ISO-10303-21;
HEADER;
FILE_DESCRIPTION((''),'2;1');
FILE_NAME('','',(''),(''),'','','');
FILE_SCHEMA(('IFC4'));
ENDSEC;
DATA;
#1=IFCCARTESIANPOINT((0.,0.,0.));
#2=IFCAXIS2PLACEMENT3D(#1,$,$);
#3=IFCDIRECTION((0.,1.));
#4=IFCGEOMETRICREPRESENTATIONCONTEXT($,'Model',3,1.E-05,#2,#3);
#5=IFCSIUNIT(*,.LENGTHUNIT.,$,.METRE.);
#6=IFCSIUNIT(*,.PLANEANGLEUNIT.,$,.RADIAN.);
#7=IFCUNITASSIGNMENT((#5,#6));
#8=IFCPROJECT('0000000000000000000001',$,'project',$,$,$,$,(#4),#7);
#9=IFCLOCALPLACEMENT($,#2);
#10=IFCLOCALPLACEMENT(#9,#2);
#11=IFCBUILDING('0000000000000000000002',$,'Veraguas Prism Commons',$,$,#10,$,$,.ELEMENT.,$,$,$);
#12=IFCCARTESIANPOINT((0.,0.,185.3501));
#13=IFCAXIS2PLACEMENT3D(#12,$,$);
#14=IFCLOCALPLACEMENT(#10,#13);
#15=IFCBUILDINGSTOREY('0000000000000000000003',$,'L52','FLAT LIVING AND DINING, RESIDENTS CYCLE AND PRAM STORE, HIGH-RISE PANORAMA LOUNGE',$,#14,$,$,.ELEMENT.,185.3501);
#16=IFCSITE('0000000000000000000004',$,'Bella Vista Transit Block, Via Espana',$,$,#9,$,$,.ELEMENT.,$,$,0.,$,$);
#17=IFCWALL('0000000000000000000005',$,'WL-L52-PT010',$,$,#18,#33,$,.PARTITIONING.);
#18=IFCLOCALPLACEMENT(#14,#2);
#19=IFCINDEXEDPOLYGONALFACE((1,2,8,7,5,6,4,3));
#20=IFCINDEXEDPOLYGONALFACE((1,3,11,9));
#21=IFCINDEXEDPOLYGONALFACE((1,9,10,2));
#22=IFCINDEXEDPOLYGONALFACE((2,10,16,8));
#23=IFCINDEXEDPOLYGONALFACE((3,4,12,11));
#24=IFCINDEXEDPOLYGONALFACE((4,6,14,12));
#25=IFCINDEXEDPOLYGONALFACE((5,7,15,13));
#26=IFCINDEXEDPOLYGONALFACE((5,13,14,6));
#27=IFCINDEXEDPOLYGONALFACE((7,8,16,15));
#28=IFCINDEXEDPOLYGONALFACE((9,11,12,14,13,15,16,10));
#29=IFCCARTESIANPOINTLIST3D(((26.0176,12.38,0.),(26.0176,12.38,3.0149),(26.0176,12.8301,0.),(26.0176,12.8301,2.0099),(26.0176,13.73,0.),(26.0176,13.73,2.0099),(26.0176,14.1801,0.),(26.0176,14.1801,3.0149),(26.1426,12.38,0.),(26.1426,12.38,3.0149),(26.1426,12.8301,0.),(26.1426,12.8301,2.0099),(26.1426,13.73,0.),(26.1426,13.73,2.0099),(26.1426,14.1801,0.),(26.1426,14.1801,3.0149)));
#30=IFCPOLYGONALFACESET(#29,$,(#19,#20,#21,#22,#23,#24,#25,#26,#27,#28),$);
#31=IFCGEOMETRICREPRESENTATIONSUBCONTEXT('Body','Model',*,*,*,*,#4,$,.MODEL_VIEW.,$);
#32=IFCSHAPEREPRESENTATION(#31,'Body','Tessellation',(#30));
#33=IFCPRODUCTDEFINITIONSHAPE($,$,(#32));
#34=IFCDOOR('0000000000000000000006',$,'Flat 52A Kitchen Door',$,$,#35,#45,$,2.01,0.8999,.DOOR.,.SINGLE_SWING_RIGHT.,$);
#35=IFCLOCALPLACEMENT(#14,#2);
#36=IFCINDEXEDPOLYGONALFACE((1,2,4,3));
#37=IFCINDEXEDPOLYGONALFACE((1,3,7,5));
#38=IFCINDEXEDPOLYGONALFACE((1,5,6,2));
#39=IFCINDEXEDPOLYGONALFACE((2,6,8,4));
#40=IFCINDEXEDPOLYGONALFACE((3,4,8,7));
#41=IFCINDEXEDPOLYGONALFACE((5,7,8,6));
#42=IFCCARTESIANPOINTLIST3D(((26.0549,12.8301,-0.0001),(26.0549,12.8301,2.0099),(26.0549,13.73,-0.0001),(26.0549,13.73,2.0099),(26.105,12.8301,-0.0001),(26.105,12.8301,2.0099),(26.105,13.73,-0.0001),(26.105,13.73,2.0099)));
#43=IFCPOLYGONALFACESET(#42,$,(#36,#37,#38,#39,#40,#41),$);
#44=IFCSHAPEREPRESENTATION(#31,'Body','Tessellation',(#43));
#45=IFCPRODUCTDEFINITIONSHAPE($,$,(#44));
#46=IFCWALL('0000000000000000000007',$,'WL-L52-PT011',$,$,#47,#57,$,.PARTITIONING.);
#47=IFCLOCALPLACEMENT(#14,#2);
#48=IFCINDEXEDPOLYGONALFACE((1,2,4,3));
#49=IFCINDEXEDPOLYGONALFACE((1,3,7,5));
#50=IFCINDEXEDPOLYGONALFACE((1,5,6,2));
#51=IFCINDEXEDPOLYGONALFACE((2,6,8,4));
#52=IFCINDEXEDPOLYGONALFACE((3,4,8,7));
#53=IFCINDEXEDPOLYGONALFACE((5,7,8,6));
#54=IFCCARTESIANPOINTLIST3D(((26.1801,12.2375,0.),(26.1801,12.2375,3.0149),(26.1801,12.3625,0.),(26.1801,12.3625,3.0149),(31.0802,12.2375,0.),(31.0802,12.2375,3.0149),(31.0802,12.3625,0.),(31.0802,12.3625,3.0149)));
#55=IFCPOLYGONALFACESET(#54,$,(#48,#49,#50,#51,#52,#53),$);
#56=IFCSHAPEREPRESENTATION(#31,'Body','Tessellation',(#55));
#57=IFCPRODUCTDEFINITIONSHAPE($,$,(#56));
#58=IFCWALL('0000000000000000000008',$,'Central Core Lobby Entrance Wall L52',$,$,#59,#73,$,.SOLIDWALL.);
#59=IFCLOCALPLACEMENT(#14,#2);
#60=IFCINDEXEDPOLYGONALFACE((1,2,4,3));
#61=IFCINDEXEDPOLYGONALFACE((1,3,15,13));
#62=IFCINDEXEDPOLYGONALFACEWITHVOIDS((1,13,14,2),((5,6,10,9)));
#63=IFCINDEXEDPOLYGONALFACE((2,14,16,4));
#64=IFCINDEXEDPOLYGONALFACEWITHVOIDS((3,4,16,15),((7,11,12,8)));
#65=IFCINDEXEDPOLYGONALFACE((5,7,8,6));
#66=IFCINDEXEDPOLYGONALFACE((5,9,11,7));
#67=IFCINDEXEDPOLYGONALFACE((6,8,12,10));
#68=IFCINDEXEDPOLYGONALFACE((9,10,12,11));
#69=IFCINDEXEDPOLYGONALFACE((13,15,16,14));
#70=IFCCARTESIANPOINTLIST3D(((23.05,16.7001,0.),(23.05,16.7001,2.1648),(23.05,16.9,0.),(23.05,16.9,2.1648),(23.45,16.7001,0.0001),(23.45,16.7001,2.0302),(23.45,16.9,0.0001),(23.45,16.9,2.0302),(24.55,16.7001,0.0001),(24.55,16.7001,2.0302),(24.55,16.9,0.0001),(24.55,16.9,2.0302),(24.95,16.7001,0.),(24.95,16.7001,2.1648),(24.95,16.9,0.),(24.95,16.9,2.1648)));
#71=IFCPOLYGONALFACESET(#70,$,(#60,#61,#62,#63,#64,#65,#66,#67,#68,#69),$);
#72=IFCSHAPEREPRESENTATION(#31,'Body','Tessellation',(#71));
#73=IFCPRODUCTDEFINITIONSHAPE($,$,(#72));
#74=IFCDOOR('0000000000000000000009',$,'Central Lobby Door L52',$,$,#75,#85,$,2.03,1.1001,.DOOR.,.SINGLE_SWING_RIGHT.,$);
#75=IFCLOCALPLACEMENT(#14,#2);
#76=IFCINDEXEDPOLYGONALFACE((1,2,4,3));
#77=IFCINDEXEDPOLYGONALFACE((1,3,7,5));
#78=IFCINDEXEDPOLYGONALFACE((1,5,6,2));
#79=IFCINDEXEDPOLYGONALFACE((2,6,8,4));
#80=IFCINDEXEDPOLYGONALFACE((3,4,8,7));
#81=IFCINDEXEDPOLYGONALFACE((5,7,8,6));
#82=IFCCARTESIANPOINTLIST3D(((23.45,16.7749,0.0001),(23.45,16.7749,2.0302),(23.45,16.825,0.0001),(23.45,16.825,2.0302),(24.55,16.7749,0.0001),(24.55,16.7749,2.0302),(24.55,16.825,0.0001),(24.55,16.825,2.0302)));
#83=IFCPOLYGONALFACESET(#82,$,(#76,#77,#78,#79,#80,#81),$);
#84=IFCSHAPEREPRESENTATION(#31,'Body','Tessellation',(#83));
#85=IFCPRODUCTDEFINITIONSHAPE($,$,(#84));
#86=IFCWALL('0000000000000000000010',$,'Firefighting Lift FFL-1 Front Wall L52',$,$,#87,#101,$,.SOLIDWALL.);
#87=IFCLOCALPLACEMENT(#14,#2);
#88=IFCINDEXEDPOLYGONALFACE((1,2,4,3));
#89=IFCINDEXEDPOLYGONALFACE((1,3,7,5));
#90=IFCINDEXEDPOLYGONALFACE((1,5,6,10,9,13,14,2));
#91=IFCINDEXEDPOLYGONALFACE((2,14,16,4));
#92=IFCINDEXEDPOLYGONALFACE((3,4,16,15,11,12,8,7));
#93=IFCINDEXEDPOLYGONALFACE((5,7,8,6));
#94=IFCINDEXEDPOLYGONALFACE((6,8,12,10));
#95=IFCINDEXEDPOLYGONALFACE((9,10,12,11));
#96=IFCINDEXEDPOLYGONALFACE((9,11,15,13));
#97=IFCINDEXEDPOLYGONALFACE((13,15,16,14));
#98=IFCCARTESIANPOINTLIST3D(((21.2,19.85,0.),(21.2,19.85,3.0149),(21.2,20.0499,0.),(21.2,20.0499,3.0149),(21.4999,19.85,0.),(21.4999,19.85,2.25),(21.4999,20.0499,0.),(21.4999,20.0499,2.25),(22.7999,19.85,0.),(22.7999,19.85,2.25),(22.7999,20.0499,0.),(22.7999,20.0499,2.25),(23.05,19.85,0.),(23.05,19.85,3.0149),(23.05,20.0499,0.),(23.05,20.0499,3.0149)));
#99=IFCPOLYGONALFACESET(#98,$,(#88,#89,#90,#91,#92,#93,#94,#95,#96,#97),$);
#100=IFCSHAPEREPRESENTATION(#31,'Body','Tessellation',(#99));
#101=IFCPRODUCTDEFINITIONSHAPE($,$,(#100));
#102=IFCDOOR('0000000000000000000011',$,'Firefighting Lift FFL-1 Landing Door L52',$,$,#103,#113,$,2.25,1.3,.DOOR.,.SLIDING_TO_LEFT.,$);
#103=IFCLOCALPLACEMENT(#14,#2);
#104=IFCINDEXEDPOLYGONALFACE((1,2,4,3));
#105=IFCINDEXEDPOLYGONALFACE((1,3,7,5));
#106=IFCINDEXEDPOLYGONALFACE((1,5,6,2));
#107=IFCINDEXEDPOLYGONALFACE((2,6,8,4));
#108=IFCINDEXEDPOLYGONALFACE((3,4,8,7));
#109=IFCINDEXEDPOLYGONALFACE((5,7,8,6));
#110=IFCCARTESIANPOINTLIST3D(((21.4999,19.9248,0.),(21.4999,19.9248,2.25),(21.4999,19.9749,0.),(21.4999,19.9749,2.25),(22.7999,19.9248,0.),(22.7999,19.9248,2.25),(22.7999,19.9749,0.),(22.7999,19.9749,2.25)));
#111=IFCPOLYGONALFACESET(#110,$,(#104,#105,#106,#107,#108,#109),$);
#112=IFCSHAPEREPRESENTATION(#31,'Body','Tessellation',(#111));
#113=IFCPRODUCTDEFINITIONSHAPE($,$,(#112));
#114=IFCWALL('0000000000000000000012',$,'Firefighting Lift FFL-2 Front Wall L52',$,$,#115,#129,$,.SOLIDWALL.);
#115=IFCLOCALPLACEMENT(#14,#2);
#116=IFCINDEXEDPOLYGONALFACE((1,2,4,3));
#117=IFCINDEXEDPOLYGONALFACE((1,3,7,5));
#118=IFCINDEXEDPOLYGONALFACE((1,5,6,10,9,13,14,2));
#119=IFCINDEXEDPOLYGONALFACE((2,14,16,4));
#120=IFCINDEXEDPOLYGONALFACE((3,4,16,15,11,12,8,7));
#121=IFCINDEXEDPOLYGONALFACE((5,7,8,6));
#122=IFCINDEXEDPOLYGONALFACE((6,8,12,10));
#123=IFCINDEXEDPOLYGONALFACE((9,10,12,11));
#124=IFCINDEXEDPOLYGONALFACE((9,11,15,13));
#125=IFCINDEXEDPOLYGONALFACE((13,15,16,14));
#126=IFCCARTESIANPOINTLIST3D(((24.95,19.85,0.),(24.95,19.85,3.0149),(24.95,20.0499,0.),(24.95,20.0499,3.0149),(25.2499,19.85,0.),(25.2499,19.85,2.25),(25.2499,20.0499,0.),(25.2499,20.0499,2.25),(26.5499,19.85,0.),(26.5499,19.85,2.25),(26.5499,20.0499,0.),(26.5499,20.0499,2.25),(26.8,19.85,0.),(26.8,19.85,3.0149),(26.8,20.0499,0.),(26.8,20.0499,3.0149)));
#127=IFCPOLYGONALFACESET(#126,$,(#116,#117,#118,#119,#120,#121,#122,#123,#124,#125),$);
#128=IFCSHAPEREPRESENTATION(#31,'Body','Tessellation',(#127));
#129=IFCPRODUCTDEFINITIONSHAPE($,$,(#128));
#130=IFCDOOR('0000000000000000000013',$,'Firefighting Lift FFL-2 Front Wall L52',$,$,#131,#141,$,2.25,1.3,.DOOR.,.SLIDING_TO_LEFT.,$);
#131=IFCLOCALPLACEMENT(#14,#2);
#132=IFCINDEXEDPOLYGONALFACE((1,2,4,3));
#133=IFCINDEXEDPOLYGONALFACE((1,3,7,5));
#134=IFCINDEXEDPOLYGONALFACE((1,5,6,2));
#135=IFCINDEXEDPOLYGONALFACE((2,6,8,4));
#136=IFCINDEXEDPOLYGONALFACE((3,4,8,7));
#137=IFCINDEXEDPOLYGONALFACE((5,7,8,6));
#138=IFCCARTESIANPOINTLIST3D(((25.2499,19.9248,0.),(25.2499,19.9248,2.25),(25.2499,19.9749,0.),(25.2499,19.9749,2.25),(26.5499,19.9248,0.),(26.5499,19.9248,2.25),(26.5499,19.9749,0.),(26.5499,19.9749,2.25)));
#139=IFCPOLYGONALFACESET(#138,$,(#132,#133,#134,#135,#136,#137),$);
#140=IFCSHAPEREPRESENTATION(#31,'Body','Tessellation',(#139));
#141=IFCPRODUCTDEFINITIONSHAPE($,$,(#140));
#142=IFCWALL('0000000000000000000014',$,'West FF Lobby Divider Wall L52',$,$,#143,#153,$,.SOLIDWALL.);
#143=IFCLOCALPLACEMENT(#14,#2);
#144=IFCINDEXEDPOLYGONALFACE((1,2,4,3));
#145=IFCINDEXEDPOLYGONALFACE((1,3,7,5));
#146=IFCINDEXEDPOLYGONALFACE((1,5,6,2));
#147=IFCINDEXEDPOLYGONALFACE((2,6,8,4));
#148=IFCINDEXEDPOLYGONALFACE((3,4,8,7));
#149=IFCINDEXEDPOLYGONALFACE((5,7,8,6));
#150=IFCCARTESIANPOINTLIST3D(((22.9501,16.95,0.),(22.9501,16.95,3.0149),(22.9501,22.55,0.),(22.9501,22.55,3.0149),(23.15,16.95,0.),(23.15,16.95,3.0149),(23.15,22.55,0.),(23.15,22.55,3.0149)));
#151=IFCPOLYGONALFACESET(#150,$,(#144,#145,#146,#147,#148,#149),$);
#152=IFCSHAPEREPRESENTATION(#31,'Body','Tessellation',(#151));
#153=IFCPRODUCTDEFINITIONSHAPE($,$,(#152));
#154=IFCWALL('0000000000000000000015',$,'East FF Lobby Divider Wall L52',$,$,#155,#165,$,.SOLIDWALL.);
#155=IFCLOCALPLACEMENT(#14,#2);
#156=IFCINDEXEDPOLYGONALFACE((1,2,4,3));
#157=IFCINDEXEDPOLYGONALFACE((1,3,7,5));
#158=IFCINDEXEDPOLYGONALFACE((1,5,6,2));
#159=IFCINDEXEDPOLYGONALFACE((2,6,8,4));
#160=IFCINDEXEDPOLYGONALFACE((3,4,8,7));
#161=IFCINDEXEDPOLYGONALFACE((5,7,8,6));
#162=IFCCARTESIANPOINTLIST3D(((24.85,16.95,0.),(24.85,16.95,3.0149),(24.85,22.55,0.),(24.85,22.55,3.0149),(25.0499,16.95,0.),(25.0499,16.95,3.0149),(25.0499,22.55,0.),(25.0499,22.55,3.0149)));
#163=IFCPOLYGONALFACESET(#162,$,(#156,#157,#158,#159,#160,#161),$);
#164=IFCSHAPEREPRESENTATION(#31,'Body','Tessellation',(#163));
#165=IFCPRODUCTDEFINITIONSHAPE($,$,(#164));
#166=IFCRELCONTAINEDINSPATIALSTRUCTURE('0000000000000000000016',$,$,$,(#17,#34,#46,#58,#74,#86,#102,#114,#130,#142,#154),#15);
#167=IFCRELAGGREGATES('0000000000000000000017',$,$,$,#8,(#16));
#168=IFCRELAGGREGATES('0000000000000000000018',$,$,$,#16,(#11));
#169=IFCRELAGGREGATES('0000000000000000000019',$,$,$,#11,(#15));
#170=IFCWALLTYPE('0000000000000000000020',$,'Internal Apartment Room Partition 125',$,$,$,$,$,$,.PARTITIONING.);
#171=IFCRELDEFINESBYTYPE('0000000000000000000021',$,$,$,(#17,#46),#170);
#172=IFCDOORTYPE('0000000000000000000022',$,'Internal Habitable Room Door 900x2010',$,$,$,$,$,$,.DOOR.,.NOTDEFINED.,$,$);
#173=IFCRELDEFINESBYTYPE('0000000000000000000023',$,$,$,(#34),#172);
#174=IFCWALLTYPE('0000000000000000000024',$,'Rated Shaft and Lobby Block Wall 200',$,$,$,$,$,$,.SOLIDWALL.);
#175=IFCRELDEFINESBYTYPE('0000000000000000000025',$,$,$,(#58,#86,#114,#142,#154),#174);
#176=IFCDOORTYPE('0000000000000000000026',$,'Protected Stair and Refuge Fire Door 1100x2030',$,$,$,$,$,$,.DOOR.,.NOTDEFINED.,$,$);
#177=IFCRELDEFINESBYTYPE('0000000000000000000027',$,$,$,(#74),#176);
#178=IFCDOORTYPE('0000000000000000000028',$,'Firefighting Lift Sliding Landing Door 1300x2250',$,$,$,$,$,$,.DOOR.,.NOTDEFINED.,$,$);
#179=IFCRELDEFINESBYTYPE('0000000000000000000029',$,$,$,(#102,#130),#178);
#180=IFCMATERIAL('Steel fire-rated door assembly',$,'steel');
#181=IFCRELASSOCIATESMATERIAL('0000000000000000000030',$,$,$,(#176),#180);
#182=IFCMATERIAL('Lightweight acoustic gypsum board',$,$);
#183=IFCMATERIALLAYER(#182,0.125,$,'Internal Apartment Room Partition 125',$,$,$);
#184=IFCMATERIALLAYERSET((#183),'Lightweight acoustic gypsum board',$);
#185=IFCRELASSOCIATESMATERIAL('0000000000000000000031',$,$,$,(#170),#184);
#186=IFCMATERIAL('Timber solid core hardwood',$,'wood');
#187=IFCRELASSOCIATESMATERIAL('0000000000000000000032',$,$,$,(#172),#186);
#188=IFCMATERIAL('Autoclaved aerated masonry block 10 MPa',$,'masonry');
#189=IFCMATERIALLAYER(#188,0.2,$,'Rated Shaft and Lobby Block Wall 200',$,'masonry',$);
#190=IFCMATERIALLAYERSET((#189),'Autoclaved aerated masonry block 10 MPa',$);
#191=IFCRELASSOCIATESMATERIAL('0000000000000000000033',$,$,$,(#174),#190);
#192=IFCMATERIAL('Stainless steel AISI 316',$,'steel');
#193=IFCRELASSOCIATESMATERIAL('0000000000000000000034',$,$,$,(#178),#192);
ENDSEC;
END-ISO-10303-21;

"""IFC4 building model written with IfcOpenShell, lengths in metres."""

from ifc_helpers import new_model, si_unit, direction, frame, frame_2d, origin, place, context, subcontext, project, spatial, rectangle, extrude, source, transform, mapped, material, layer, layer_set, type_object, element, fill, save


model = new_model("IFC4")

# Units and contexts
model_context = context("Model", 3, precision=1e-05, world=origin(), true_north=direction((0.0, 1.0)))
body_context = subcontext(model_context, "Body", "Model", "MODEL_VIEW")
ifc_project = project(units=[si_unit("LENGTHUNIT", "METRE"), si_unit("PLANEANGLEUNIT", "RADIAN")], contexts=[model_context])

# Site, building, storey
site_placement = place(None, origin())
site = spatial("IfcSite", under=ifc_project, at=site_placement, Name="Bella Vista Transit Block, Via Espana", CompositionType="ELEMENT", RefElevation=0.0)
building_placement = place(site_placement, origin())
building = spatial("IfcBuilding", under=site, at=building_placement, Name="Veraguas Prism Commons", CompositionType="ELEMENT")
storey_placement = place(building_placement, frame((0.0, 0.0, 185.3501)))
storey = spatial("IfcBuildingStorey", under=building, at=storey_placement, Name="L52", Description="FLAT LIVING AND DINING, RESIDENTS CYCLE AND PRAM STORE, HIGH-RISE PANORAMA LOUNGE", CompositionType="ELEMENT", Elevation=185.3501)

# Shared definitions
ifc_material_1 = material(Name="Steel fire-rated door assembly", Category="steel")
door_type_1 = type_object("IfcDoorType", Name="Protected Stair and Refuge Fire Door 1100x2030", OperationType="NOTDEFINED", PredefinedType="DOOR", material=ifc_material_1)
shared_shape_1 = source(origin(), body_context, "Body", "SweptSolid", [
    extrude(rectangle(XDim=1.1001, YDim=2.03, at=frame_2d((0.55, 1.0151))), frame((0.0, 0.0249, 0.0), z_axis=(0.0, -1.0, 0.0), x_axis=(1.0, 0.0, 0.0)), (0.0, 0.0, 1.0), 0.05),
])

# Wall, opening, door
ifc_material_2 = material(Name="Lightweight acoustic gypsum board")
ifc_layer_1 = layer(ifc_material_2, 0.125, Name="Internal Apartment Room Partition 125")
ifc_layer_set_1 = layer_set([ifc_layer_1], Name="Lightweight acoustic gypsum board")
wall_type_1 = type_object("IfcWallType", Name="Internal Apartment Room Partition 125", PredefinedType="PARTITIONING", material=ifc_layer_set_1)
wall_1_placement = place(storey_placement, frame((26.0801, 14.1799, 0.0), z_axis=(0.0, 0.0, 1.0), x_axis=(0.0, -1.0, 0.0)))
wall_1 = element("IfcWall", 1, at=wall_1_placement, inside=storey, type_object=wall_type_1, Name="WL-L52-PT010", PredefinedType="PARTITIONING", context=body_context, shape_type="SweptSolid", body=[
    extrude(rectangle(XDim=1.8, YDim=0.125, at=frame_2d((0.8999, 0.0))), origin(), (0.0, 0.0, 1.0), 3.0149),
])
opening_1_placement = place(wall_1_placement, frame((0.45, 0.0, 0.0)))
opening_1 = element("IfcOpeningElement", 2, at=opening_1_placement, cuts=wall_1, PredefinedType="OPENING", context=body_context, shape_type="SweptSolid", body=[
    extrude(rectangle(XDim=0.8999, YDim=2.01, at=frame_2d((0.45, 1.0049))), frame((0.0, 0.0725, 0.0), z_axis=(0.0, -1.0, 0.0), x_axis=(1.0, 0.0, 0.0)), (0.0, 0.0, 1.0), 0.145),
])
ifc_material_3 = material(Name="Timber solid core hardwood", Category="wood")
door_type_2 = type_object("IfcDoorType", Name="Internal Habitable Room Door 900x2010", OperationType="NOTDEFINED", PredefinedType="DOOR", material=ifc_material_3)
shared_shape_2 = source(origin(), body_context, "Body", "SweptSolid", [
    extrude(rectangle(XDim=0.8999, YDim=2.01, at=frame_2d((0.45, 1.0049))), frame((0.0, 0.0249, 0.0), z_axis=(0.0, -1.0, 0.0), x_axis=(1.0, 0.0, 0.0)), (0.0, 0.0, 1.0), 0.05),
])
door_1_placement = place(opening_1_placement, origin())
door_1 = element("IfcDoor", 3, at=door_1_placement, inside=storey, type_object=door_type_2, Name="Flat 52A Kitchen Door", OperationType="SINGLE_SWING_RIGHT", OverallHeight=2.01, OverallWidth=0.8999, PredefinedType="DOOR", context=body_context, shape_type="MappedRepresentation", body=[
    mapped(shared_shape_2, transform((0.0, 0.0, 0.0), scale=1.0)),
])
fill(opening_1, door_1)

# Wall
wall_2_placement = place(storey_placement, frame((26.1799, 12.3, 0.0), z_axis=(0.0, 0.0, 1.0), x_axis=(1.0, 0.0, 0.0)))
element("IfcWall", 4, at=wall_2_placement, inside=storey, type_object=wall_type_1, Name="WL-L52-PT011", PredefinedType="PARTITIONING", context=body_context, shape_type="SweptSolid", body=[
    extrude(rectangle(XDim=4.9001, YDim=0.125, at=frame_2d((2.4502, 0.0))), origin(), (0.0, 0.0, 1.0), 3.0149),
])

# Walls, openings, doors
ifc_material_4 = material(Name="Autoclaved aerated masonry block 10 MPa", Category="masonry")
ifc_layer_2 = layer(ifc_material_4, 0.2, Name="Rated Shaft and Lobby Block Wall 200", Category="masonry")
ifc_layer_set_2 = layer_set([ifc_layer_2], Name="Autoclaved aerated masonry block 10 MPa")
wall_type_2 = type_object("IfcWallType", Name="Rated Shaft and Lobby Block Wall 200", PredefinedType="SOLIDWALL", material=ifc_layer_set_2)
wall_3_placement = place(storey_placement, frame((23.05, 16.8, 0.0), z_axis=(0.0, 0.0, 1.0), x_axis=(1.0, 0.0, 0.0)))
wall_3 = element("IfcWall", 5, at=wall_3_placement, inside=storey, type_object=wall_type_2, Name="Central Core Lobby Entrance Wall L52", PredefinedType="SOLIDWALL", context=body_context, shape_type="SweptSolid", body=[
    extrude(rectangle(XDim=1.8999, YDim=0.2, at=frame_2d((0.95, 0.0))), origin(), (0.0, 0.0, 1.0), 2.1648),
])
opening_2_placement = place(wall_3_placement, frame((0.3999, 0.0, 0.0)))
opening_2 = element("IfcOpeningElement", 6, at=opening_2_placement, cuts=wall_3, PredefinedType="OPENING", context=body_context, shape_type="SweptSolid", body=[
    extrude(rectangle(XDim=1.1001, YDim=2.03, at=frame_2d((0.55, 1.0151))), frame((0.0, 0.1099, 0.0), z_axis=(0.0, -1.0, 0.0), x_axis=(1.0, 0.0, 0.0)), (0.0, 0.0, 1.0), 0.22),
])
door_2_placement = place(opening_2_placement, origin())
door_2 = element("IfcDoor", 7, at=door_2_placement, inside=storey, type_object=door_type_1, Name="Central Lobby Door L52", OperationType="SINGLE_SWING_RIGHT", OverallHeight=2.03, OverallWidth=1.1001, PredefinedType="DOOR", context=body_context, shape_type="MappedRepresentation", body=[
    mapped(shared_shape_1, transform((0.0, 0.0, 0.0), scale=1.0)),
])
fill(opening_2, door_2)
wall_4_placement = place(storey_placement, frame((21.2, 19.95, 0.0), z_axis=(0.0, 0.0, 1.0), x_axis=(1.0, 0.0, 0.0)))
wall_4 = element("IfcWall", 8, at=wall_4_placement, inside=storey, type_object=wall_type_2, Name="Firefighting Lift FFL-1 Front Wall L52", PredefinedType="SOLIDWALL", context=body_context, shape_type="SweptSolid", body=[
    extrude(rectangle(XDim=1.8501, YDim=0.2, at=frame_2d((0.925, 0.0))), origin(), (0.0, 0.0, 1.0), 3.0149),
])
opening_3_placement = place(wall_4_placement, frame((0.3, 0.0, 0.0)))
opening_3 = element("IfcOpeningElement", 9, at=opening_3_placement, cuts=wall_4, PredefinedType="OPENING", context=body_context, shape_type="SweptSolid", body=[
    extrude(rectangle(XDim=1.3, YDim=2.25, at=frame_2d((0.6499, 1.125))), frame((0.0, 0.1099, 0.0), z_axis=(0.0, -1.0, 0.0), x_axis=(1.0, 0.0, 0.0)), (0.0, 0.0, 1.0), 0.22),
])
ifc_material_5 = material(Name="Stainless steel AISI 316", Category="steel")
door_type_3 = type_object("IfcDoorType", Name="Firefighting Lift Sliding Landing Door 1300x2250", OperationType="NOTDEFINED", PredefinedType="DOOR", material=ifc_material_5)
shared_shape_3 = source(origin(), body_context, "Body", "SweptSolid", [
    extrude(rectangle(XDim=1.3, YDim=2.25, at=frame_2d((0.6499, 1.125))), frame((0.0, 0.0249, 0.0), z_axis=(0.0, -1.0, 0.0), x_axis=(1.0, 0.0, 0.0)), (0.0, 0.0, 1.0), 0.05),
])
door_3_placement = place(opening_3_placement, origin())
door_3 = element("IfcDoor", 10, at=door_3_placement, inside=storey, type_object=door_type_3, Name="Firefighting Lift FFL-1 Landing Door L52", OperationType="SLIDING_TO_LEFT", OverallHeight=2.25, OverallWidth=1.3, PredefinedType="DOOR", context=body_context, shape_type="MappedRepresentation", body=[
    mapped(shared_shape_3, transform((0.0, 0.0, 0.0), scale=1.0)),
])
fill(opening_3, door_3)
wall_5_placement = place(storey_placement, frame((24.95, 19.95, 0.0), z_axis=(0.0, 0.0, 1.0), x_axis=(1.0, 0.0, 0.0)))
wall_5 = element("IfcWall", 11, at=wall_5_placement, inside=storey, type_object=wall_type_2, Name="Firefighting Lift FFL-2 Front Wall L52", PredefinedType="SOLIDWALL", context=body_context, shape_type="SweptSolid", body=[
    extrude(rectangle(XDim=1.8501, YDim=0.2, at=frame_2d((0.925, 0.0))), origin(), (0.0, 0.0, 1.0), 3.0149),
])
opening_4_placement = place(wall_5_placement, frame((0.3, 0.0, 0.0)))
opening_4 = element("IfcOpeningElement", 12, at=opening_4_placement, cuts=wall_5, PredefinedType="OPENING", context=body_context, shape_type="SweptSolid", body=[
    extrude(rectangle(XDim=1.3, YDim=2.25, at=frame_2d((0.6499, 1.125))), frame((0.0, 0.1099, 0.0), z_axis=(0.0, -1.0, 0.0), x_axis=(1.0, 0.0, 0.0)), (0.0, 0.0, 1.0), 0.22),
])
door_4_placement = place(opening_4_placement, origin())
door_4 = element("IfcDoor", 13, at=door_4_placement, inside=storey, type_object=door_type_3, Name="Firefighting Lift FFL-2 Front Wall L52", OperationType="SLIDING_TO_LEFT", OverallHeight=2.25, OverallWidth=1.3, PredefinedType="DOOR", context=body_context, shape_type="MappedRepresentation", body=[
    mapped(shared_shape_3, transform((0.0, 0.0, 0.0), scale=1.0)),
])
fill(opening_4, door_4)

# Walls
for number, where, z_axis, x_axis, name in (
    (14, (23.05, 16.95, 0.0), (0.0, 0.0, 1.0), (0.0, 1.0, 0.0), "West FF Lobby Divider Wall L52"),
    (15, (24.95, 16.95, 0.0), (0.0, 0.0, 1.0), (0.0, 1.0, 0.0), "East FF Lobby Divider Wall L52"),
):
    element("IfcWall", number, at=place(storey_placement, frame(where, z_axis=z_axis, x_axis=x_axis)), inside=storey, type_object=wall_type_2, Name=name, PredefinedType="SOLIDWALL", context=body_context, shape_type="SweptSolid", body=[
        extrude(rectangle(XDim=5.6001, YDim=0.2, at=frame_2d((2.8, 0.0))), origin(), (0.0, 0.0, 1.0), 3.0149),
    ])

save(model, "model.ifc")
